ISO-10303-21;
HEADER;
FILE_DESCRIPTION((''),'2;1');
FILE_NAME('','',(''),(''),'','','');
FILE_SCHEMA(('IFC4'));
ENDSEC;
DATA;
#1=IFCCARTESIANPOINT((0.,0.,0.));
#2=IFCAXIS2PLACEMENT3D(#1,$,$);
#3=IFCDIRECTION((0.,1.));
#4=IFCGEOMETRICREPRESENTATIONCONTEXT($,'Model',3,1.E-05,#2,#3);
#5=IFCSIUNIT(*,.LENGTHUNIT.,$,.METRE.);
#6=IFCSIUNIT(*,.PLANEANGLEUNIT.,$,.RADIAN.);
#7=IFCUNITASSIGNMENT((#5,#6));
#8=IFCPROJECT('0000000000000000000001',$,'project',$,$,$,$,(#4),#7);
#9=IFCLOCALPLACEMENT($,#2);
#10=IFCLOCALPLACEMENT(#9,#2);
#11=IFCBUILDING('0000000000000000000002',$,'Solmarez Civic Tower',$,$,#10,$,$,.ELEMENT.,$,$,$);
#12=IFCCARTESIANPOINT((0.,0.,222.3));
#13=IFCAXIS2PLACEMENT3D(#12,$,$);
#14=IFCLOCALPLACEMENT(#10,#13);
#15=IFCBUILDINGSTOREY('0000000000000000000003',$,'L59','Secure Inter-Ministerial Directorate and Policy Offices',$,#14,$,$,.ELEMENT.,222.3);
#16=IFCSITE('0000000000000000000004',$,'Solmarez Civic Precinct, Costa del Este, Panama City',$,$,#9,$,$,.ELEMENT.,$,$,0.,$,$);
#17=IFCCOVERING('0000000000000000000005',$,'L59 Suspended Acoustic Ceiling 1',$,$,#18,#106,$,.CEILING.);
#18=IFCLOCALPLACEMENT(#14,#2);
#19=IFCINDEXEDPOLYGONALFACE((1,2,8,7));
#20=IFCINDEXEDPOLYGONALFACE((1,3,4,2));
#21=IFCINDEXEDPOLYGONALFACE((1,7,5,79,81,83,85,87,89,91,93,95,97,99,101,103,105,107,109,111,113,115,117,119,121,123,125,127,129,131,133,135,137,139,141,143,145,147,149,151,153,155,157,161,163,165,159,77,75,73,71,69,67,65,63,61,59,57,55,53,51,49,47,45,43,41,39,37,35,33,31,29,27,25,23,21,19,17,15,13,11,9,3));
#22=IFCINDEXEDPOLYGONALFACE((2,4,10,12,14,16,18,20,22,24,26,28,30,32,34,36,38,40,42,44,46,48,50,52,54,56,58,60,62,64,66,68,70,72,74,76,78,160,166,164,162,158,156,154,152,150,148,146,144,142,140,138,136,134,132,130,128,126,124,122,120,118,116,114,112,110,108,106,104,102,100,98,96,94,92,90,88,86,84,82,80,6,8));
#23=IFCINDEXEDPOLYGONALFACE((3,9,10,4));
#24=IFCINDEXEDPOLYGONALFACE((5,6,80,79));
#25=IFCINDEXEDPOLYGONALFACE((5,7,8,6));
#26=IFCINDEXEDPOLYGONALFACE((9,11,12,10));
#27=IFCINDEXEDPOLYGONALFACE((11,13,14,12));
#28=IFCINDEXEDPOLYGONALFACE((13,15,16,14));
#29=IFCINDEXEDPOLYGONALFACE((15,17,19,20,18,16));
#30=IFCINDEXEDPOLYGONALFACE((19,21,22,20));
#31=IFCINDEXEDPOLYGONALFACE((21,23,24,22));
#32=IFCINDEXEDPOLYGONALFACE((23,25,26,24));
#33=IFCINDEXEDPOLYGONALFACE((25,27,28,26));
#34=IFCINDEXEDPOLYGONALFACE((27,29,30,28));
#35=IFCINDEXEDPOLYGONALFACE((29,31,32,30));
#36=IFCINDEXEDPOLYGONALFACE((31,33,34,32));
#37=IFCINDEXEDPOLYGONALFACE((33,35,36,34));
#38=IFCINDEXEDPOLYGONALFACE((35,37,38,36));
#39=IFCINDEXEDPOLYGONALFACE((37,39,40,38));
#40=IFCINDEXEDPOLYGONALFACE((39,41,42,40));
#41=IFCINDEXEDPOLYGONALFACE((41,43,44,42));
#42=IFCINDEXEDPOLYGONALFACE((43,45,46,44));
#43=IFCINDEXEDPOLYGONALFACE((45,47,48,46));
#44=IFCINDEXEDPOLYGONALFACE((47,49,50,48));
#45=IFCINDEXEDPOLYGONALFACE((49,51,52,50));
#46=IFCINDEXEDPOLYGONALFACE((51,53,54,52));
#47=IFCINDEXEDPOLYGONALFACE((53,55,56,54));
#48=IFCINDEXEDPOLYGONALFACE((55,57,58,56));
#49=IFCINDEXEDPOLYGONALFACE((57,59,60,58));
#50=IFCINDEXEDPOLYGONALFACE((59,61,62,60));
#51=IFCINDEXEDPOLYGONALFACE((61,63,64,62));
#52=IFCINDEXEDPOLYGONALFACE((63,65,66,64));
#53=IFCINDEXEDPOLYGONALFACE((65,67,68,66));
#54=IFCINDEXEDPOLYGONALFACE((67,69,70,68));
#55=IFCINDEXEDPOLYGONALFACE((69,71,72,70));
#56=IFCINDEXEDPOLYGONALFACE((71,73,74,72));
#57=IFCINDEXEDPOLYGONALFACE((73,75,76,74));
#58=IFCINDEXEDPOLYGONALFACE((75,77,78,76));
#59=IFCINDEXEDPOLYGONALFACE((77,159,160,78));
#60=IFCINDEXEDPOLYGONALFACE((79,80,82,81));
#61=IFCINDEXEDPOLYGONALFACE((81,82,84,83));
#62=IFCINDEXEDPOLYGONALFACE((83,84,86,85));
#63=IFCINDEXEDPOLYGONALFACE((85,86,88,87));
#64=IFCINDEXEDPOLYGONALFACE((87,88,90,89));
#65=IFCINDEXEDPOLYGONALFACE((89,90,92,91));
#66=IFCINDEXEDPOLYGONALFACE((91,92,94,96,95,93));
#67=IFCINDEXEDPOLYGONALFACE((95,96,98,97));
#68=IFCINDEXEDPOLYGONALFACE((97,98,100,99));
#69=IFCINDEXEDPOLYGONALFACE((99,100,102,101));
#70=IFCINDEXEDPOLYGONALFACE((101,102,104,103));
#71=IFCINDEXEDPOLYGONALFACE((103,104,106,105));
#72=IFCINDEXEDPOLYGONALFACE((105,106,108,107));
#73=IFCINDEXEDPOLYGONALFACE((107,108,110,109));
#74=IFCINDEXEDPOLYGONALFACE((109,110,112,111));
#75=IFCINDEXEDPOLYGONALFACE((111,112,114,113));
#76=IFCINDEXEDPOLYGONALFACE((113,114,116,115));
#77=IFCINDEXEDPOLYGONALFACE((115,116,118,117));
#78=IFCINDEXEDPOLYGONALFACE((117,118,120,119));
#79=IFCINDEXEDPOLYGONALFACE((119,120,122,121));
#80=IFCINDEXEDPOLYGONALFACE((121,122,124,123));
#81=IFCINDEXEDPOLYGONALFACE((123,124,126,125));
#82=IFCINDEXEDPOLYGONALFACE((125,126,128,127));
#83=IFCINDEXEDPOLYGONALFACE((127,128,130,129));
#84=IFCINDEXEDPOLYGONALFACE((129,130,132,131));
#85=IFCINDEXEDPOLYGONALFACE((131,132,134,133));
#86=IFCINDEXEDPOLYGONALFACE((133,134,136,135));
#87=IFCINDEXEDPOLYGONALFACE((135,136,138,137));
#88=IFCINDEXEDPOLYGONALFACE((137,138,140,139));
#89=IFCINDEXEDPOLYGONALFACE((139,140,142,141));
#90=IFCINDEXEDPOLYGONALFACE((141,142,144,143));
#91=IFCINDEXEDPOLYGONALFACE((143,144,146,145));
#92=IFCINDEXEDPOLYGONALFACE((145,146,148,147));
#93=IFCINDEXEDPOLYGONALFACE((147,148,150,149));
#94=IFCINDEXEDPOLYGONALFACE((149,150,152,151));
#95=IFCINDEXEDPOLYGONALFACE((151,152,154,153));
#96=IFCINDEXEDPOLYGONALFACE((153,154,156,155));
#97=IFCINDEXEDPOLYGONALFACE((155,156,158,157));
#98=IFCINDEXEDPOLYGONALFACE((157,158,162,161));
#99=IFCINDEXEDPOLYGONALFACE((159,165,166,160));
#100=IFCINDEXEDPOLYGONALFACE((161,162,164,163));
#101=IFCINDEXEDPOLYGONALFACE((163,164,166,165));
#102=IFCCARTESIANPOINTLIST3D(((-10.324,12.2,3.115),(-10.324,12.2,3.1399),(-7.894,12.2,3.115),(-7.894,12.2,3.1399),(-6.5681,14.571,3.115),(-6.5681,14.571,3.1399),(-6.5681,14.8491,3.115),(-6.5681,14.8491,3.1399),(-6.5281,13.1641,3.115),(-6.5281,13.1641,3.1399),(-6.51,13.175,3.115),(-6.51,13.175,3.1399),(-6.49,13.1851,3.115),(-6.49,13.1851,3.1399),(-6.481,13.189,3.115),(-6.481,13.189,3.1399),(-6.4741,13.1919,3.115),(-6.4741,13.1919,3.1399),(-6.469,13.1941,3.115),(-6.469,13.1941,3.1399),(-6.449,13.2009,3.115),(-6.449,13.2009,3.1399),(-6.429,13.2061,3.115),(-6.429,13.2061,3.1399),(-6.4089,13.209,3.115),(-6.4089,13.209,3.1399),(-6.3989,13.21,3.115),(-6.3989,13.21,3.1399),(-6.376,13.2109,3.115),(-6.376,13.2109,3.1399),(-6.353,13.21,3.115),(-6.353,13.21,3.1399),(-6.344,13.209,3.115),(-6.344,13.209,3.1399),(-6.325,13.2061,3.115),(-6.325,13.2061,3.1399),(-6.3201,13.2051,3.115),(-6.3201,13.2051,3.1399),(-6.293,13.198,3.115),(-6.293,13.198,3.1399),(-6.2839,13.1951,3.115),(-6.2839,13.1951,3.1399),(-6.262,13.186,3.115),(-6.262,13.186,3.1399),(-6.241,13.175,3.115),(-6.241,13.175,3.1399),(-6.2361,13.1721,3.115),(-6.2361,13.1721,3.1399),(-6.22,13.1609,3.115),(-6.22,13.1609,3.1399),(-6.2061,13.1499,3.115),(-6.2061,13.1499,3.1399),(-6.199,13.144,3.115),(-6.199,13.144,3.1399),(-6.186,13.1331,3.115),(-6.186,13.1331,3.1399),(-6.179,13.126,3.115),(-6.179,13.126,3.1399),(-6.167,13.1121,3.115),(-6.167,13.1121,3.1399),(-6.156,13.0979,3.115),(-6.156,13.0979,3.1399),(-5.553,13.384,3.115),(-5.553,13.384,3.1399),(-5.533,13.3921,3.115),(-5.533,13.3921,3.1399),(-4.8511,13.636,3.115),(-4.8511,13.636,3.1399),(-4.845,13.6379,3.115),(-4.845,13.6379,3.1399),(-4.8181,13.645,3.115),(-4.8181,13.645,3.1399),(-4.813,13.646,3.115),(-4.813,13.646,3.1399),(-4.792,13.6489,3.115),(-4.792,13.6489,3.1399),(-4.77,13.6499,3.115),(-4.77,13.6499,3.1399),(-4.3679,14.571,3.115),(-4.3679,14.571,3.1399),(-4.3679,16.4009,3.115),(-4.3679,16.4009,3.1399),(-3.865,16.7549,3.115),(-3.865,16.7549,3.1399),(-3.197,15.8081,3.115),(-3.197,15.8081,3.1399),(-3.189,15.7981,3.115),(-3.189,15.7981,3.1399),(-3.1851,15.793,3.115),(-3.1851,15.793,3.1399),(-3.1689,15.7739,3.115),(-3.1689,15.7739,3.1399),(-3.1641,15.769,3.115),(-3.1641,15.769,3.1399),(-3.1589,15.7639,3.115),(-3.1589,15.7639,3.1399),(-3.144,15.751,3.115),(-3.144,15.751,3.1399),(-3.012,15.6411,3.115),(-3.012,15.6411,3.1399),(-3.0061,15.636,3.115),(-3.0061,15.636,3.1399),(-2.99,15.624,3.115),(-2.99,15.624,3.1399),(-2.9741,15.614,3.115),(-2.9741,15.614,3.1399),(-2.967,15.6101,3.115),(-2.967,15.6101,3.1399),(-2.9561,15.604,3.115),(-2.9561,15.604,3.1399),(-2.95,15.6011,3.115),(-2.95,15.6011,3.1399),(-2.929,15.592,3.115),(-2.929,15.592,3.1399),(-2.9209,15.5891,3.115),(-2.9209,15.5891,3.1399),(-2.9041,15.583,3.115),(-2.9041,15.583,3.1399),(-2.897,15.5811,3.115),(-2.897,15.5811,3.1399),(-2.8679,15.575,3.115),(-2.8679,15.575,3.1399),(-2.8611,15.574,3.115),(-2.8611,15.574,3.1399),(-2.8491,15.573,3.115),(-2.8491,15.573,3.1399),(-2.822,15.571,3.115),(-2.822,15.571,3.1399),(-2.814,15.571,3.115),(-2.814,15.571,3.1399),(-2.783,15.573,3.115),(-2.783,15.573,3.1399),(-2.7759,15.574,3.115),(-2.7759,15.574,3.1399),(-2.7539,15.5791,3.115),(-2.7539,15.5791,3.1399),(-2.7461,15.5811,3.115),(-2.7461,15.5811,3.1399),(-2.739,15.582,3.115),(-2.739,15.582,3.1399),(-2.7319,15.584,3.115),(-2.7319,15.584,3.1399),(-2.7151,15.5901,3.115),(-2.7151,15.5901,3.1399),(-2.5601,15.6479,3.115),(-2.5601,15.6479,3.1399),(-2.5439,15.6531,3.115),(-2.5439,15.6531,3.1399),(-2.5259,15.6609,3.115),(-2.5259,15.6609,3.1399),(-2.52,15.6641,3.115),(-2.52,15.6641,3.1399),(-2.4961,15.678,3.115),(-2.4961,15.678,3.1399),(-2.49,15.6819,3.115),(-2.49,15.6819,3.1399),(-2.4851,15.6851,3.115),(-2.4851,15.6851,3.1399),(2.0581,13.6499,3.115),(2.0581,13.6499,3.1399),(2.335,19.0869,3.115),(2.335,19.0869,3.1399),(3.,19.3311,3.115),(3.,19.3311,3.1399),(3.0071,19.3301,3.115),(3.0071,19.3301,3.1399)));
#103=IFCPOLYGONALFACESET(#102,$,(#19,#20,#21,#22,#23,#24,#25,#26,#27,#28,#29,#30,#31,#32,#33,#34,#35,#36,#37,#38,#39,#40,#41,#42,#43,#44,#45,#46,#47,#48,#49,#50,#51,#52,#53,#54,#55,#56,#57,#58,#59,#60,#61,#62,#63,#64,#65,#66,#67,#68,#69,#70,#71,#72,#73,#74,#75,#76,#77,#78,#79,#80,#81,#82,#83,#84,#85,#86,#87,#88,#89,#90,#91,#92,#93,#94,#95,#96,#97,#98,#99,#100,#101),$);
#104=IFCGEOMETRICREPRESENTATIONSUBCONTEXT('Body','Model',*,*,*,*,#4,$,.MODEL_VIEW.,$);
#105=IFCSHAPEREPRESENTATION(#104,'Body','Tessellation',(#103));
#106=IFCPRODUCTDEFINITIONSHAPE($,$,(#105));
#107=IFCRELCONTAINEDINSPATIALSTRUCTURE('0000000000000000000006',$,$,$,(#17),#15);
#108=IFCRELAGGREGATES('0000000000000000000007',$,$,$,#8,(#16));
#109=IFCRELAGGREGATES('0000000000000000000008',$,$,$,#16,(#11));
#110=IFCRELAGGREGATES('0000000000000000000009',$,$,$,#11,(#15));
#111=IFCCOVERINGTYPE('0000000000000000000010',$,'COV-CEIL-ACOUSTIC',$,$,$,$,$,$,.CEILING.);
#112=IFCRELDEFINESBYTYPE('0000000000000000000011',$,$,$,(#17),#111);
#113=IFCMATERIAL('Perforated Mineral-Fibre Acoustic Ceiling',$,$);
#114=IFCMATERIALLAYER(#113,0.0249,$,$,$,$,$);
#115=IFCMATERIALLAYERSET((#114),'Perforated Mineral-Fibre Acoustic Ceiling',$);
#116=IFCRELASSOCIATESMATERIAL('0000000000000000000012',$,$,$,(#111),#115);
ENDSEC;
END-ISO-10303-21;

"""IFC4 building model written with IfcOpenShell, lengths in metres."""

from ifc_helpers import new_model, si_unit, direction, frame, origin, place, context, subcontext, project, spatial, polyline, outline, extrude, material, layer, layer_set, type_object, element, save


model = new_model("IFC4")

# Units and contexts
model_context = context("Model", 3, precision=1e-05, world=origin(), true_north=direction((0.0, 1.0)))
body_context = subcontext(model_context, "Body", "Model", "MODEL_VIEW")
ifc_project = project(units=[si_unit("LENGTHUNIT", "METRE"), si_unit("PLANEANGLEUNIT", "RADIAN")], contexts=[model_context])

# Site, building, storey
site_placement = place(None, origin())
site = spatial("IfcSite", under=ifc_project, at=site_placement, Name="Solmarez Civic Precinct, Costa del Este, Panama City", CompositionType="ELEMENT", RefElevation=0.0)
building_placement = place(site_placement, origin())
building = spatial("IfcBuilding", under=site, at=building_placement, Name="Solmarez Civic Tower", CompositionType="ELEMENT")
storey_placement = place(building_placement, frame((0.0, 0.0, 222.3)))
storey = spatial("IfcBuildingStorey", under=building, at=storey_placement, Name="L59", Description="Secure Inter-Ministerial Directorate and Policy Offices", CompositionType="ELEMENT", Elevation=222.3)

# Covering
ifc_material_1 = material(Name="Perforated Mineral-Fibre Acoustic Ceiling")
ifc_layer_1 = layer(ifc_material_1, 0.0249)
ifc_layer_set_1 = layer_set([ifc_layer_1], Name="Perforated Mineral-Fibre Acoustic Ceiling")
covering_type_1 = type_object("IfcCoveringType", Name="COV-CEIL-ACOUSTIC", PredefinedType="CEILING", material=ifc_layer_set_1)
covering_1_placement = place(storey_placement, frame((0.0, 0.0, 3.115)))
element("IfcCovering", 1, at=covering_1_placement, inside=storey, type_object=covering_type_1, Name="L59 Suspended Acoustic Ceiling 1", PredefinedType="CEILING", context=body_context, shape_type="SweptSolid", body=[
    extrude(outline(polyline([(-10.324, 12.2), (-7.894, 12.2), (-6.5281, 13.1641), (-6.51, 13.175), (-6.49, 13.1851), (-6.481, 13.189), (-6.4741, 13.1919), (-6.469, 13.1941), (-6.449, 13.2009), (-6.429, 13.2061), (-6.4089, 13.209), (-6.3989, 13.21), (-6.376, 13.2109), (-6.353, 13.21), (-6.344, 13.209), (-6.325, 13.2061), (-6.3201, 13.2051), (-6.293, 13.198), (-6.2839, 13.1951), (-6.262, 13.186), (-6.241, 13.175), (-6.2361, 13.1721), (-6.22, 13.1609), (-6.2061, 13.1499), (-6.199, 13.144), (-6.186, 13.1331), (-6.179, 13.126), (-6.167, 13.1121), (-6.156, 13.0979), (-5.553, 13.384), (-5.533, 13.3921), (-4.8511, 13.636), (-4.845, 13.6379), (-4.8181, 13.645), (-4.813, 13.646), (-4.792, 13.6489), (-4.77, 13.6499), (2.0581, 13.6499), (3.0071, 19.3301), (3.0, 19.3311), (2.335, 19.0869), (-2.4851, 15.6851), (-2.49, 15.6819), (-2.4961, 15.678), (-2.52, 15.6641), (-2.5259, 15.6609), (-2.5439, 15.6531), (-2.5601, 15.6479), (-2.7151, 15.5901), (-2.7319, 15.584), (-2.739, 15.582), (-2.7461, 15.5811), (-2.7539, 15.5791), (-2.7759, 15.574), (-2.783, 15.573), (-2.814, 15.571), (-2.822, 15.571), (-2.8491, 15.573), (-2.8611, 15.574), (-2.8679, 15.575), (-2.897, 15.5811), (-2.9041, 15.583), (-2.9209, 15.5891), (-2.929, 15.592), (-2.95, 15.6011), (-2.9561, 15.604), (-2.967, 15.6101), (-2.9741, 15.614), (-2.99, 15.624), (-3.0061, 15.636), (-3.012, 15.6411), (-3.144, 15.751), (-3.1589, 15.7639), (-3.1641, 15.769), (-3.1689, 15.7739), (-3.1851, 15.793), (-3.189, 15.7981), (-3.197, 15.8081), (-3.865, 16.7549), (-4.3679, 16.4009), (-4.3679, 14.571), (-6.5681, 14.571), (-6.5681, 14.8491), (-10.324, 12.2)])), origin(), (0.0, 0.0, 1.0), 0.0249),
])

save(model, "model.ifc")
